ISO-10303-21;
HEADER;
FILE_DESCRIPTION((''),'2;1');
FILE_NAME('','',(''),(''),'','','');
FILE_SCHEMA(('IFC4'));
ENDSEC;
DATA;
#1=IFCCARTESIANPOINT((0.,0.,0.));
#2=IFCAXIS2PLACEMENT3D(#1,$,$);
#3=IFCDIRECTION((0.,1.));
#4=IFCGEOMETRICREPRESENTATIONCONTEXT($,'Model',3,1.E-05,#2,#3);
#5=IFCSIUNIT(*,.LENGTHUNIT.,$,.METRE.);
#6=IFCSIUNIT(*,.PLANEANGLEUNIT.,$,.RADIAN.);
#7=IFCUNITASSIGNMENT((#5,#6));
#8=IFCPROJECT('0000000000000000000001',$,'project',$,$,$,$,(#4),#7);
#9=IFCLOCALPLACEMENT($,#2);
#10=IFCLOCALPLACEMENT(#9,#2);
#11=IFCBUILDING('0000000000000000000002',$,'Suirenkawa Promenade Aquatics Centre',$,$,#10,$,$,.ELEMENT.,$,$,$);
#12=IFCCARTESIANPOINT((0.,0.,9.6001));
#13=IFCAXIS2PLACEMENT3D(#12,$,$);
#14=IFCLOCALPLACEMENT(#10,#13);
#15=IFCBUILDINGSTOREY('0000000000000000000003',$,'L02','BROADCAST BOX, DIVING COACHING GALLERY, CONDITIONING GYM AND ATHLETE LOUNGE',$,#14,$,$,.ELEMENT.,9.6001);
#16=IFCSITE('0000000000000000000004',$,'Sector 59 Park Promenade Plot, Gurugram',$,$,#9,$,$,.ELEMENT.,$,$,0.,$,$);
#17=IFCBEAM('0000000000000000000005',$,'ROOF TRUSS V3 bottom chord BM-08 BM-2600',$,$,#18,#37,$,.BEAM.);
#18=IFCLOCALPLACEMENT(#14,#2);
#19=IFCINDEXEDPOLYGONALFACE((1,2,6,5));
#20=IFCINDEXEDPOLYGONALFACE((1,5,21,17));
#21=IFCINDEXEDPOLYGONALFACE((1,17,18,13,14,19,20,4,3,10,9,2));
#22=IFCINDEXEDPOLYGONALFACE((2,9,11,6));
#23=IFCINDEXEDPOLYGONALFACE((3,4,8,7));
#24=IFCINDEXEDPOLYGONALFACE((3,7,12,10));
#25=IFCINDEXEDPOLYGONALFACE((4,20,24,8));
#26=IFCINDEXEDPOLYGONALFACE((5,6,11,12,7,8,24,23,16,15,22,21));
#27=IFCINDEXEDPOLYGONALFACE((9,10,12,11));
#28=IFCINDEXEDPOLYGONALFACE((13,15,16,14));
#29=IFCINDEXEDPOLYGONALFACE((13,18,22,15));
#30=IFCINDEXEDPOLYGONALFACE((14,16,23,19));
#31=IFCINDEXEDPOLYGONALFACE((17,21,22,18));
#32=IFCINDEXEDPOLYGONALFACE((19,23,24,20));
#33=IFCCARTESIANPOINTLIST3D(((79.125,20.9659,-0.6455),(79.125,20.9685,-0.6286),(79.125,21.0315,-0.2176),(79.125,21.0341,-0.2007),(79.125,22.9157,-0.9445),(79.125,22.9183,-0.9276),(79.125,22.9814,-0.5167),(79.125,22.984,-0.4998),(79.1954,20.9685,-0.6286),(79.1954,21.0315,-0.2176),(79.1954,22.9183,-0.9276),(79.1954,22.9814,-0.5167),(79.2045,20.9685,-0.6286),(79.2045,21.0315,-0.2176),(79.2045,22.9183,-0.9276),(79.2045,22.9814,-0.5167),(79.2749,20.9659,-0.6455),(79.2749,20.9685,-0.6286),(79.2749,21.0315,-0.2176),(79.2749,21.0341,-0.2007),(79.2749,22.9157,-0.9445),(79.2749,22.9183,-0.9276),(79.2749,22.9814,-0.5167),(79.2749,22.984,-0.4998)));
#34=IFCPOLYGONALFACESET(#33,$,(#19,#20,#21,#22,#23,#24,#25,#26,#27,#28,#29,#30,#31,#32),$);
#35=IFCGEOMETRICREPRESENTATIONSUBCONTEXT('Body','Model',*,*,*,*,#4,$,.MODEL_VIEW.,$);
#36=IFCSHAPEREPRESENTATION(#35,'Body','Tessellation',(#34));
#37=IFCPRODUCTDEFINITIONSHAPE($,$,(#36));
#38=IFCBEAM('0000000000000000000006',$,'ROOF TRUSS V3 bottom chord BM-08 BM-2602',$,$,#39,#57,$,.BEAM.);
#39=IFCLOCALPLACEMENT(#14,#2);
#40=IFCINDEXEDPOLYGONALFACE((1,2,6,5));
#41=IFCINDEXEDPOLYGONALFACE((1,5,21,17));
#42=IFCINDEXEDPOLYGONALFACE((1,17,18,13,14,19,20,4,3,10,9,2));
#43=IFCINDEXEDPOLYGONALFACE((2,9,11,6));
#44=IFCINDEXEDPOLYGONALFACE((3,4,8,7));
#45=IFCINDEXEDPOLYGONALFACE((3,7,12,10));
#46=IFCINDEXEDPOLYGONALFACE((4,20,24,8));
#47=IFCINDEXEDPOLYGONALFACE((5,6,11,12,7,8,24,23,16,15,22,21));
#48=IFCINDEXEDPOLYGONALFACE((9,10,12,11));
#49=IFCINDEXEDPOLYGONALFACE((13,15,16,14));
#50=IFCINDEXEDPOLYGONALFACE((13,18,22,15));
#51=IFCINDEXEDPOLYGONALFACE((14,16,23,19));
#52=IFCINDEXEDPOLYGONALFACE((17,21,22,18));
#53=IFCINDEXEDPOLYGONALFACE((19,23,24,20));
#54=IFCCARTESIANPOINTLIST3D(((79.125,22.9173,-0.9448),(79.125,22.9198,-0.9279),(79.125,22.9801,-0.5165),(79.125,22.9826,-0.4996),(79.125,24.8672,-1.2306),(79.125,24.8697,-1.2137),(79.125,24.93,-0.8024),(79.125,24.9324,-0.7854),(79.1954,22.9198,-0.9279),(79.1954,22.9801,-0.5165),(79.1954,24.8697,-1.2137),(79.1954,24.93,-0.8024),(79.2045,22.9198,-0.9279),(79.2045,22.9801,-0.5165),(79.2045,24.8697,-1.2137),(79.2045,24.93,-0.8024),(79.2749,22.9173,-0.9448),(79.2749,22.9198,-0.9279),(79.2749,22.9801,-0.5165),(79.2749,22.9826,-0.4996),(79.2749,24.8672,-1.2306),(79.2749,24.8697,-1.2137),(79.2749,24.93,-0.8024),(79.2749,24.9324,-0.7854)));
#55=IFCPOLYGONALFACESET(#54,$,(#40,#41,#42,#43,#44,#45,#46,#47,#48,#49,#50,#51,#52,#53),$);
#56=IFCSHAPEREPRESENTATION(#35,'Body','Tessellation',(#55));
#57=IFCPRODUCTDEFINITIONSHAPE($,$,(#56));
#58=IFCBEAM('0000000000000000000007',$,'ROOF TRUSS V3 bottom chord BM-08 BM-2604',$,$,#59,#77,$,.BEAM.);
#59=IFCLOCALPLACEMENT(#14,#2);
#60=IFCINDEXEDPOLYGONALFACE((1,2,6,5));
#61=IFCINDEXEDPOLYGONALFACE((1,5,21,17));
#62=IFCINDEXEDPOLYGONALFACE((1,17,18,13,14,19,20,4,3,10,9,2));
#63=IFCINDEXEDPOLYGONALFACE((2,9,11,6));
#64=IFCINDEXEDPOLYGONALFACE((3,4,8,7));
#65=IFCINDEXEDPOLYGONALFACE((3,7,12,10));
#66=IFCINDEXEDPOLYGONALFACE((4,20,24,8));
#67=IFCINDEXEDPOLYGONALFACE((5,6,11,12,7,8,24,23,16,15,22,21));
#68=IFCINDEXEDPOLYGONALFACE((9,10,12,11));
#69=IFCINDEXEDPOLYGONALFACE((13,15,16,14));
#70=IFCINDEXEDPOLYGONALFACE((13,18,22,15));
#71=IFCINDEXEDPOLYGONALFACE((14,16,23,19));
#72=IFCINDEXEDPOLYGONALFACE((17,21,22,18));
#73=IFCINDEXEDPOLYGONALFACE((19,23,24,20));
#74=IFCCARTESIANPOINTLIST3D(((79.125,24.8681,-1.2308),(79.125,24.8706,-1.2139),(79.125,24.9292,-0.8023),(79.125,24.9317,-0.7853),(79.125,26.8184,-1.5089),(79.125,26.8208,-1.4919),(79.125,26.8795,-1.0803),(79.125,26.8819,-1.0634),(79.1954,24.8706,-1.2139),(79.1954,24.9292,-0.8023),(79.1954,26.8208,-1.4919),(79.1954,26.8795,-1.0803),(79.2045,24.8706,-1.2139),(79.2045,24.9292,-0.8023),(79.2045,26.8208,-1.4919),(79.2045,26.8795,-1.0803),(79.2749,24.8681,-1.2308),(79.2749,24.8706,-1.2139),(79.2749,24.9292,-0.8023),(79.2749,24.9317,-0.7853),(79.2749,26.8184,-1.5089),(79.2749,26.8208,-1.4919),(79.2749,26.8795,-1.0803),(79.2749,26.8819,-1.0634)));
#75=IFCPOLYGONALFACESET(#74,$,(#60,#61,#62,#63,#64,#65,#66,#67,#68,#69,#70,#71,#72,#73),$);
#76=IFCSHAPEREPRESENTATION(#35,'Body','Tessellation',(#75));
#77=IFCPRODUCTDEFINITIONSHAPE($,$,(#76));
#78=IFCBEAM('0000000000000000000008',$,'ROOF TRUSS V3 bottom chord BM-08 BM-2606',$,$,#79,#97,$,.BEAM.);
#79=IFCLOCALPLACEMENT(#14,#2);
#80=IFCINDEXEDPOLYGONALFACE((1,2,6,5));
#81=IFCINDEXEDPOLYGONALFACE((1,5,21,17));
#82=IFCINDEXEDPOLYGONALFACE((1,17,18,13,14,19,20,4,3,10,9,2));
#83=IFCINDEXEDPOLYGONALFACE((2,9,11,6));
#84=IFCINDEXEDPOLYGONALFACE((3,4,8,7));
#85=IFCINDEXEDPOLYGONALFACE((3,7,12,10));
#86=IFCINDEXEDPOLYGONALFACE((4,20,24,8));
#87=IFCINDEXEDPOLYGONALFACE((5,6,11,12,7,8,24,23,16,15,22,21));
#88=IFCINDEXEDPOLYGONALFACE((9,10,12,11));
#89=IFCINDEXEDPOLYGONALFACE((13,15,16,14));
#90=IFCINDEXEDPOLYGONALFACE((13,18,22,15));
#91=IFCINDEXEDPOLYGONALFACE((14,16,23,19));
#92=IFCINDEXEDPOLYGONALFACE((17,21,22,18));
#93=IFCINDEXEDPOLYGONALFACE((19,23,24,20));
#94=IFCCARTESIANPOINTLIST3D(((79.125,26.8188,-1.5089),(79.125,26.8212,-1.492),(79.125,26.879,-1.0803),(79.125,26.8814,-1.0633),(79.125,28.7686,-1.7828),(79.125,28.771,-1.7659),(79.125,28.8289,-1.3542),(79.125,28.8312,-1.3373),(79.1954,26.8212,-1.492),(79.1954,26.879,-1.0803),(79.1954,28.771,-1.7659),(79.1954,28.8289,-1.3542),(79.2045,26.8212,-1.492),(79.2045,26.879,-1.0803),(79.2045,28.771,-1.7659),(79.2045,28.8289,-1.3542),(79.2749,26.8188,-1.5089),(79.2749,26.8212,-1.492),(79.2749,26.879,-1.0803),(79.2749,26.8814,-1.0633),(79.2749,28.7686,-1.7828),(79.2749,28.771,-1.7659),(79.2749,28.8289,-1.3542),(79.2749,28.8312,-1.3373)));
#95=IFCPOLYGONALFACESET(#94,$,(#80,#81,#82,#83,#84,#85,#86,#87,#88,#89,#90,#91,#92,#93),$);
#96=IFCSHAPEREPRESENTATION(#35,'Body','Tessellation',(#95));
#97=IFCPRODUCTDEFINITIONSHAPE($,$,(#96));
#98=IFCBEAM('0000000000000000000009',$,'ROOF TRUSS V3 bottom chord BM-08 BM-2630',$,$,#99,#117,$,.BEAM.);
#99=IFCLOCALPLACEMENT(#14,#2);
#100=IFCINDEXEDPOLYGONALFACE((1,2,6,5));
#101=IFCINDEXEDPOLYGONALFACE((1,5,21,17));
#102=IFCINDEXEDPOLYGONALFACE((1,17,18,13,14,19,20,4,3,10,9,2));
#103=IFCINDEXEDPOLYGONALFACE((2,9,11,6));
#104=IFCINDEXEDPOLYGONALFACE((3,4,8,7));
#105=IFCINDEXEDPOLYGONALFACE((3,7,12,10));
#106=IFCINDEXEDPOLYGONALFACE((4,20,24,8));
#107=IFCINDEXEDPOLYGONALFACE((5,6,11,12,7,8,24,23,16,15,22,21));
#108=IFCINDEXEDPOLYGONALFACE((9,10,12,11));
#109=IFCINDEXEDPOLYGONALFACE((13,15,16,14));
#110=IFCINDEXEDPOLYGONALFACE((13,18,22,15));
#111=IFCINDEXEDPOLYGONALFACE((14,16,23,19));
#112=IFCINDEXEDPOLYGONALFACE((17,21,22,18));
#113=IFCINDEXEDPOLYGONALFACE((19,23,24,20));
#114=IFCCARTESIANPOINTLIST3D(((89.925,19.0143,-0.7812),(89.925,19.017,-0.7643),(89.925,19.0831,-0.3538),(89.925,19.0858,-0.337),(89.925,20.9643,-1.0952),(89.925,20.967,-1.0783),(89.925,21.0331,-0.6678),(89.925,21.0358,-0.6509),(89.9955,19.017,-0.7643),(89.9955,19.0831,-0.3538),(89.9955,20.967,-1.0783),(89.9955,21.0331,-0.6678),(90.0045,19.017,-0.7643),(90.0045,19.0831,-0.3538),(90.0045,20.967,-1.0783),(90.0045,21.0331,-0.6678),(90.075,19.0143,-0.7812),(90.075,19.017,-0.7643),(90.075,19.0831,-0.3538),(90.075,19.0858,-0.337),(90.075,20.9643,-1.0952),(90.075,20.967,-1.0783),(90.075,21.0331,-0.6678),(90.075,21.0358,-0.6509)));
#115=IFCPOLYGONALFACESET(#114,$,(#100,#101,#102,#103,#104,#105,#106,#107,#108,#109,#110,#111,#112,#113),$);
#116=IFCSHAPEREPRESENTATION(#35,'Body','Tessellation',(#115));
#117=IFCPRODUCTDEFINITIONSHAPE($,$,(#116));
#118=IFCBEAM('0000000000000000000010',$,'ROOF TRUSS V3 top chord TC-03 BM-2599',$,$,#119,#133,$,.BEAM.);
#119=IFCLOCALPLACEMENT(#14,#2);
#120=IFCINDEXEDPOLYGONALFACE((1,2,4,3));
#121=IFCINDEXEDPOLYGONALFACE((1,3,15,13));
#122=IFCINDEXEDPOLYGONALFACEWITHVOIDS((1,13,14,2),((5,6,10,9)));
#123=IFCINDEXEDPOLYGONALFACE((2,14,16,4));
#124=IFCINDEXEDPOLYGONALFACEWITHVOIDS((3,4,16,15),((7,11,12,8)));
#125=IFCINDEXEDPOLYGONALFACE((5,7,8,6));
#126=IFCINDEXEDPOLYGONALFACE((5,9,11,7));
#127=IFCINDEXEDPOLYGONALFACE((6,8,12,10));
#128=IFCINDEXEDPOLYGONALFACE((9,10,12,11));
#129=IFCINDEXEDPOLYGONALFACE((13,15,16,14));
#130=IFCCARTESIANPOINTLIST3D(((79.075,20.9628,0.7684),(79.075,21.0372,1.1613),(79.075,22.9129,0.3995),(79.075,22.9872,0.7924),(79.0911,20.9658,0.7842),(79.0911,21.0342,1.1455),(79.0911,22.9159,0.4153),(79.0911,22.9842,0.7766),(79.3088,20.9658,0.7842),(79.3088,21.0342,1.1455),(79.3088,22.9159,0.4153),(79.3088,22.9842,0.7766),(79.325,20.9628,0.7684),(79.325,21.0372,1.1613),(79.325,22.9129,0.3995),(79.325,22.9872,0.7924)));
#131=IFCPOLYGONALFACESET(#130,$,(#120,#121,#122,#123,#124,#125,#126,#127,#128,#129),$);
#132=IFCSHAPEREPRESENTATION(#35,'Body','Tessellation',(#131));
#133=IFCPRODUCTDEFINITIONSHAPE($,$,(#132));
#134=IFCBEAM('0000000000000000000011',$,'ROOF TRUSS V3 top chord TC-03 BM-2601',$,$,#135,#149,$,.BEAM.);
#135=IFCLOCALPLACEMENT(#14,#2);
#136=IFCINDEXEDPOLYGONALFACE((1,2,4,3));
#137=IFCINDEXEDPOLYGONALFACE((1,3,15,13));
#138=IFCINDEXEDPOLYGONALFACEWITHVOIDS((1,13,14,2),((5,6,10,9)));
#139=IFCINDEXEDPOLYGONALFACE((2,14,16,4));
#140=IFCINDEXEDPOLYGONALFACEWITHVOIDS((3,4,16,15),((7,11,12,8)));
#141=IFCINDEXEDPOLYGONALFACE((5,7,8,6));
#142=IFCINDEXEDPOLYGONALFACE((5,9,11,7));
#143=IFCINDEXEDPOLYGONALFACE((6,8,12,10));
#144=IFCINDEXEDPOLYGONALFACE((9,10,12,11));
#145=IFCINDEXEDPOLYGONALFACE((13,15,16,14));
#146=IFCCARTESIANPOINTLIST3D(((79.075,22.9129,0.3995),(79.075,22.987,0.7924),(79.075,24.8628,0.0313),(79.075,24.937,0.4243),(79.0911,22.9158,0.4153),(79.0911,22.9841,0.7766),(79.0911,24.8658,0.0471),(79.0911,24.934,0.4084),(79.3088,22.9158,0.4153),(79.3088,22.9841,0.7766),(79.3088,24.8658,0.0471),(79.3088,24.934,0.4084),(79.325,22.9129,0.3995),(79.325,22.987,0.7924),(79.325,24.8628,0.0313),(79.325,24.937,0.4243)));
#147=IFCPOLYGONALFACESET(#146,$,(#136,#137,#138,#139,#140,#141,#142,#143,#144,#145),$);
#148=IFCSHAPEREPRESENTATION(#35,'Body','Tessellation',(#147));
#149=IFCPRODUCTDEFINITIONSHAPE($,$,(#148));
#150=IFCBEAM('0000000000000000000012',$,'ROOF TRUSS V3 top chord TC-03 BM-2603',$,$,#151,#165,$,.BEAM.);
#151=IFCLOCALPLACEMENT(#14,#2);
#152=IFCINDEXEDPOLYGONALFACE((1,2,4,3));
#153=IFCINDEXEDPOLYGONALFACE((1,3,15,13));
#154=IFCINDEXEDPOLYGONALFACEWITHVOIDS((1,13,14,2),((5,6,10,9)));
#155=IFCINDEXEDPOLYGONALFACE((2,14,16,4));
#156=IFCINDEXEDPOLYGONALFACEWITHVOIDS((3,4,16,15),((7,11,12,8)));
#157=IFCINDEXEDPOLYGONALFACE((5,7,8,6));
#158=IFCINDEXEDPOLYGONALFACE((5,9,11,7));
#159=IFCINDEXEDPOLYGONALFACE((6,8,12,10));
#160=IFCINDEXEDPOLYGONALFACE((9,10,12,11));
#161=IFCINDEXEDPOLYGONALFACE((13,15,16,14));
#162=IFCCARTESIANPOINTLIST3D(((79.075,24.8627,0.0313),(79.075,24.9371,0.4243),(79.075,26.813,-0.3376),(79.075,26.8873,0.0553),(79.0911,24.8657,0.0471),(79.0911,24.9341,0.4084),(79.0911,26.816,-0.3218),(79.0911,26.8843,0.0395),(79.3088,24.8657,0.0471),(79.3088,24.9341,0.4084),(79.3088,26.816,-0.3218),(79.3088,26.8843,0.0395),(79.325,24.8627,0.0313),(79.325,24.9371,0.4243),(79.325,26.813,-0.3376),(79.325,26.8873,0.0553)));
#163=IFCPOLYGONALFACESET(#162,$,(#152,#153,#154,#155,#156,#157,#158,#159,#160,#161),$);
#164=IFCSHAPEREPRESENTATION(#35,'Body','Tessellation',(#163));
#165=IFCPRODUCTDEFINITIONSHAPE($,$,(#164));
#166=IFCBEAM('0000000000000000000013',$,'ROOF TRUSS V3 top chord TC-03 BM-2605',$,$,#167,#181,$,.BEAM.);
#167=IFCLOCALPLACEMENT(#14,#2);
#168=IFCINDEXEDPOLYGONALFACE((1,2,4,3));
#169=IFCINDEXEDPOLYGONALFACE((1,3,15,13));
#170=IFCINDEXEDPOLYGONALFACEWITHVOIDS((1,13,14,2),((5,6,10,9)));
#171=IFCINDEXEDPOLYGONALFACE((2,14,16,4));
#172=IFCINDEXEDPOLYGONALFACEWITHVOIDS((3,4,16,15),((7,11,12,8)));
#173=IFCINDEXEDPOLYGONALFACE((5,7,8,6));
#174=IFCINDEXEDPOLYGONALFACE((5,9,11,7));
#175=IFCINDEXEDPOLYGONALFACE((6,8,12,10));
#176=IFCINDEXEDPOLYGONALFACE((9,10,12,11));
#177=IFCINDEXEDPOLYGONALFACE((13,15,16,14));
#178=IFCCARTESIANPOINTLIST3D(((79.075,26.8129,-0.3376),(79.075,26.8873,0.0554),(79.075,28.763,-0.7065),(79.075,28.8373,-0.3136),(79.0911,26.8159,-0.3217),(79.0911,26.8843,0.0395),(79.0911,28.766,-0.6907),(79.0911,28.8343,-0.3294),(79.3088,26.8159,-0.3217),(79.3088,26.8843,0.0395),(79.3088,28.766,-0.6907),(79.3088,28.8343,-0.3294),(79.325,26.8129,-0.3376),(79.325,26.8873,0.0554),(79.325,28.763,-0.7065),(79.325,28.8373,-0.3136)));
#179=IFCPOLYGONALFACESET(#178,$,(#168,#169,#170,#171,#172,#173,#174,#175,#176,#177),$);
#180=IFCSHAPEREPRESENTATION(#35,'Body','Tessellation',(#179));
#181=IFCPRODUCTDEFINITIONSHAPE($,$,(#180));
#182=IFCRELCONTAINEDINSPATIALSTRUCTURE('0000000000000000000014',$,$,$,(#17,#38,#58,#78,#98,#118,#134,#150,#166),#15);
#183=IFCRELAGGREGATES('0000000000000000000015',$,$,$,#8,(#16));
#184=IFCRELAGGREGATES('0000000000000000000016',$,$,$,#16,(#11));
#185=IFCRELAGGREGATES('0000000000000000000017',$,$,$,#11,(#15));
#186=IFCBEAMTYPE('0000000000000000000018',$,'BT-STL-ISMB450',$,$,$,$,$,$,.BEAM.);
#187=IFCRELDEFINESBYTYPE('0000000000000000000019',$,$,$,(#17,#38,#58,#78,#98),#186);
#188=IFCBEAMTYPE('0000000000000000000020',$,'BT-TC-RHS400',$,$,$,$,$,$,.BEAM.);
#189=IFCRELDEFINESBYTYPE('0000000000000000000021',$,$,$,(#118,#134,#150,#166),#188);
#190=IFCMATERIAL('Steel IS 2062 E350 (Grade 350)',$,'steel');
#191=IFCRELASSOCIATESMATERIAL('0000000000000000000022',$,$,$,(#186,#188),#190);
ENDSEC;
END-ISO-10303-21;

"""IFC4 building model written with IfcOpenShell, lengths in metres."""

from ifc_helpers import new_model, si_unit, direction, frame, origin, origin_2d, place, context, subcontext, project, spatial, hollow_rectangle, i_section, extrude, material, material_profile, profile_set, type_object, element, save


model = new_model("IFC4")

# Units and contexts
model_context = context("Model", 3, precision=1e-05, world=origin(), true_north=direction((0.0, 1.0)))
body_context = subcontext(model_context, "Body", "Model", "MODEL_VIEW")
ifc_project = project(units=[si_unit("LENGTHUNIT", "METRE"), si_unit("PLANEANGLEUNIT", "RADIAN")], contexts=[model_context])

# Site, building, storey
site_placement = place(None, origin())
site = spatial("IfcSite", under=ifc_project, at=site_placement, Name="Sector 59 Park Promenade Plot, Gurugram", CompositionType="ELEMENT", RefElevation=0.0)
building_placement = place(site_placement, origin())
building = spatial("IfcBuilding", under=site, at=building_placement, Name="Suirenkawa Promenade Aquatics Centre", CompositionType="ELEMENT")
storey_placement = place(building_placement, frame((0.0, 0.0, 9.6001)))
storey = spatial("IfcBuildingStorey", under=building, at=storey_placement, Name="L02", Description="BROADCAST BOX, DIVING COACHING GALLERY, CONDITIONING GYM AND ATHLETE LOUNGE", CompositionType="ELEMENT", Elevation=9.6001)

# Beams
ifc_material = material(Name="Steel IS 2062 E350 (Grade 350)", Category="steel")
ifc_material_profile_1 = material_profile(ifc_material, i_section(OverallWidth=0.1499, OverallDepth=0.45, WebThickness=0.009, FlangeThickness=0.0171, at=origin_2d()), Name="ISMB 450", Category="steel")
ifc_profile_set_1 = profile_set([ifc_material_profile_1], Name="Steel IS 2062 E350 (Grade 350)")
beam_type_1 = type_object("IfcBeamType", Name="BT-STL-ISMB450", PredefinedType="BEAM", material=ifc_profile_set_1)
beam_1_placement = place(storey_placement, frame((79.2, 21.0, -0.4231), z_axis=(0.0, 0.988442, -0.151601), x_axis=(-1.0, 0.0, 0.0)))
element("IfcBeam", 1, at=beam_1_placement, inside=storey, type_object=beam_type_1, Name="ROOF TRUSS V3 bottom chord BM-08 BM-2600", PredefinedType="BEAM", context=body_context, shape_type="SweptSolid", body=[
    extrude(i_section(OverallWidth=0.1499, OverallDepth=0.45, WebThickness=0.009, FlangeThickness=0.0171, at=origin_2d()), origin(), (0.0, 0.0, 1.0), 1.9727),
])
beam_2_placement = place(storey_placement, frame((79.2, 22.95, -0.7222), z_axis=(0.0, 0.989423, -0.145062), x_axis=(-1.0, 0.0, 0.0)))
element("IfcBeam", 2, at=beam_2_placement, inside=storey, type_object=beam_type_1, Name="ROOF TRUSS V3 bottom chord BM-08 BM-2602", PredefinedType="BEAM", context=body_context, shape_type="SweptSolid", body=[
    extrude(i_section(OverallWidth=0.1499, OverallDepth=0.45, WebThickness=0.009, FlangeThickness=0.0171, at=origin_2d()), origin(), (0.0, 0.0, 1.0), 1.9707),
])
beam_3_placement = place(storey_placement, frame((79.2, 24.8999, -1.0081), z_axis=(0.0, 0.989987, -0.141161), x_axis=(-1.0, 0.0, 0.0)))
element("IfcBeam", 3, at=beam_3_placement, inside=storey, type_object=beam_type_1, Name="ROOF TRUSS V3 bottom chord BM-08 BM-2604", PredefinedType="BEAM", context=body_context, shape_type="SweptSolid", body=[
    extrude(i_section(OverallWidth=0.1499, OverallDepth=0.45, WebThickness=0.009, FlangeThickness=0.0171, at=origin_2d()), origin(), (0.0, 0.0, 1.0), 1.97),
])
beam_4_placement = place(storey_placement, frame((79.2, 26.8501, -1.2861), z_axis=(0.0, 0.990277, -0.139112), x_axis=(-1.0, 0.0, 0.0)))
element("IfcBeam", 4, at=beam_4_placement, inside=storey, type_object=beam_type_1, Name="ROOF TRUSS V3 bottom chord BM-08 BM-2606", PredefinedType="BEAM", context=body_context, shape_type="SweptSolid", body=[
    extrude(i_section(OverallWidth=0.1499, OverallDepth=0.45, WebThickness=0.009, FlangeThickness=0.0171, at=origin_2d()), origin(), (0.0, 0.0, 1.0), 1.969),
])
beam_5_placement = place(storey_placement, frame((90.0, 19.05, -0.5591), z_axis=(0.0, 0.987284, -0.158964), x_axis=(-1.0, 0.0, 0.0)))
element("IfcBeam", 5, at=beam_5_placement, inside=storey, type_object=beam_type_1, Name="ROOF TRUSS V3 bottom chord BM-08 BM-2630", PredefinedType="BEAM", context=body_context, shape_type="SweptSolid", body=[
    extrude(i_section(OverallWidth=0.1499, OverallDepth=0.45, WebThickness=0.009, FlangeThickness=0.0171, at=origin_2d()), origin(), (0.0, 0.0, 1.0), 1.9751),
])
ifc_material_profile_2 = material_profile(ifc_material, hollow_rectangle(XDim=0.25, YDim=0.3999, WallThickness=0.0161, at=origin_2d()), Name="RHS 400x250x16", Category="steel")
ifc_profile_set_2 = profile_set([ifc_material_profile_2], Name="Steel IS 2062 E350 (Grade 350)")
beam_type_2 = type_object("IfcBeamType", Name="BT-TC-RHS400", PredefinedType="BEAM", material=ifc_profile_set_2)
beam_6_placement = place(storey_placement, frame((79.2, 21.0, 0.9648), z_axis=(0.0, 0.982571, -0.185885), x_axis=(-1.0, 0.0, 0.0)))
element("IfcBeam", 6, at=beam_6_placement, inside=storey, type_object=beam_type_2, Name="ROOF TRUSS V3 top chord TC-03 BM-2599", PredefinedType="BEAM", context=body_context, shape_type="SweptSolid", body=[
    extrude(hollow_rectangle(XDim=0.25, YDim=0.3999, WallThickness=0.0161, at=origin_2d()), origin(), (0.0, 0.0, 1.0), 1.9846),
])
beam_7_placement = place(storey_placement, frame((79.2, 22.95, 0.5959), z_axis=(0.0, 0.982639, -0.185529), x_axis=(-1.0, 0.0, 0.0)))
element("IfcBeam", 7, at=beam_7_placement, inside=storey, type_object=beam_type_2, Name="ROOF TRUSS V3 top chord TC-03 BM-2601", PredefinedType="BEAM", context=body_context, shape_type="SweptSolid", body=[
    extrude(hollow_rectangle(XDim=0.25, YDim=0.3999, WallThickness=0.0161, at=origin_2d()), origin(), (0.0, 0.0, 1.0), 1.9844),
])
beam_8_placement = place(storey_placement, frame((79.2, 24.8999, 0.2278), z_axis=(0.0, 0.982576, -0.185863), x_axis=(-1.0, 0.0, 0.0)))
element("IfcBeam", 8, at=beam_8_placement, inside=storey, type_object=beam_type_2, Name="ROOF TRUSS V3 top chord TC-03 BM-2603", PredefinedType="BEAM", context=body_context, shape_type="SweptSolid", body=[
    extrude(hollow_rectangle(XDim=0.25, YDim=0.3999, WallThickness=0.0161, at=origin_2d()), origin(), (0.0, 0.0, 1.0), 1.9849),
])
beam_9_placement = place(storey_placement, frame((79.2, 26.8501, -0.1411), z_axis=(0.0, 0.982571, -0.185885), x_axis=(-1.0, 0.0, 0.0)))
element("IfcBeam", 9, at=beam_9_placement, inside=storey, type_object=beam_type_2, Name="ROOF TRUSS V3 top chord TC-03 BM-2605", PredefinedType="BEAM", context=body_context, shape_type="SweptSolid", body=[
    extrude(hollow_rectangle(XDim=0.25, YDim=0.3999, WallThickness=0.0161, at=origin_2d()), origin(), (0.0, 0.0, 1.0), 1.9846),
])

save(model, "model.ifc")
